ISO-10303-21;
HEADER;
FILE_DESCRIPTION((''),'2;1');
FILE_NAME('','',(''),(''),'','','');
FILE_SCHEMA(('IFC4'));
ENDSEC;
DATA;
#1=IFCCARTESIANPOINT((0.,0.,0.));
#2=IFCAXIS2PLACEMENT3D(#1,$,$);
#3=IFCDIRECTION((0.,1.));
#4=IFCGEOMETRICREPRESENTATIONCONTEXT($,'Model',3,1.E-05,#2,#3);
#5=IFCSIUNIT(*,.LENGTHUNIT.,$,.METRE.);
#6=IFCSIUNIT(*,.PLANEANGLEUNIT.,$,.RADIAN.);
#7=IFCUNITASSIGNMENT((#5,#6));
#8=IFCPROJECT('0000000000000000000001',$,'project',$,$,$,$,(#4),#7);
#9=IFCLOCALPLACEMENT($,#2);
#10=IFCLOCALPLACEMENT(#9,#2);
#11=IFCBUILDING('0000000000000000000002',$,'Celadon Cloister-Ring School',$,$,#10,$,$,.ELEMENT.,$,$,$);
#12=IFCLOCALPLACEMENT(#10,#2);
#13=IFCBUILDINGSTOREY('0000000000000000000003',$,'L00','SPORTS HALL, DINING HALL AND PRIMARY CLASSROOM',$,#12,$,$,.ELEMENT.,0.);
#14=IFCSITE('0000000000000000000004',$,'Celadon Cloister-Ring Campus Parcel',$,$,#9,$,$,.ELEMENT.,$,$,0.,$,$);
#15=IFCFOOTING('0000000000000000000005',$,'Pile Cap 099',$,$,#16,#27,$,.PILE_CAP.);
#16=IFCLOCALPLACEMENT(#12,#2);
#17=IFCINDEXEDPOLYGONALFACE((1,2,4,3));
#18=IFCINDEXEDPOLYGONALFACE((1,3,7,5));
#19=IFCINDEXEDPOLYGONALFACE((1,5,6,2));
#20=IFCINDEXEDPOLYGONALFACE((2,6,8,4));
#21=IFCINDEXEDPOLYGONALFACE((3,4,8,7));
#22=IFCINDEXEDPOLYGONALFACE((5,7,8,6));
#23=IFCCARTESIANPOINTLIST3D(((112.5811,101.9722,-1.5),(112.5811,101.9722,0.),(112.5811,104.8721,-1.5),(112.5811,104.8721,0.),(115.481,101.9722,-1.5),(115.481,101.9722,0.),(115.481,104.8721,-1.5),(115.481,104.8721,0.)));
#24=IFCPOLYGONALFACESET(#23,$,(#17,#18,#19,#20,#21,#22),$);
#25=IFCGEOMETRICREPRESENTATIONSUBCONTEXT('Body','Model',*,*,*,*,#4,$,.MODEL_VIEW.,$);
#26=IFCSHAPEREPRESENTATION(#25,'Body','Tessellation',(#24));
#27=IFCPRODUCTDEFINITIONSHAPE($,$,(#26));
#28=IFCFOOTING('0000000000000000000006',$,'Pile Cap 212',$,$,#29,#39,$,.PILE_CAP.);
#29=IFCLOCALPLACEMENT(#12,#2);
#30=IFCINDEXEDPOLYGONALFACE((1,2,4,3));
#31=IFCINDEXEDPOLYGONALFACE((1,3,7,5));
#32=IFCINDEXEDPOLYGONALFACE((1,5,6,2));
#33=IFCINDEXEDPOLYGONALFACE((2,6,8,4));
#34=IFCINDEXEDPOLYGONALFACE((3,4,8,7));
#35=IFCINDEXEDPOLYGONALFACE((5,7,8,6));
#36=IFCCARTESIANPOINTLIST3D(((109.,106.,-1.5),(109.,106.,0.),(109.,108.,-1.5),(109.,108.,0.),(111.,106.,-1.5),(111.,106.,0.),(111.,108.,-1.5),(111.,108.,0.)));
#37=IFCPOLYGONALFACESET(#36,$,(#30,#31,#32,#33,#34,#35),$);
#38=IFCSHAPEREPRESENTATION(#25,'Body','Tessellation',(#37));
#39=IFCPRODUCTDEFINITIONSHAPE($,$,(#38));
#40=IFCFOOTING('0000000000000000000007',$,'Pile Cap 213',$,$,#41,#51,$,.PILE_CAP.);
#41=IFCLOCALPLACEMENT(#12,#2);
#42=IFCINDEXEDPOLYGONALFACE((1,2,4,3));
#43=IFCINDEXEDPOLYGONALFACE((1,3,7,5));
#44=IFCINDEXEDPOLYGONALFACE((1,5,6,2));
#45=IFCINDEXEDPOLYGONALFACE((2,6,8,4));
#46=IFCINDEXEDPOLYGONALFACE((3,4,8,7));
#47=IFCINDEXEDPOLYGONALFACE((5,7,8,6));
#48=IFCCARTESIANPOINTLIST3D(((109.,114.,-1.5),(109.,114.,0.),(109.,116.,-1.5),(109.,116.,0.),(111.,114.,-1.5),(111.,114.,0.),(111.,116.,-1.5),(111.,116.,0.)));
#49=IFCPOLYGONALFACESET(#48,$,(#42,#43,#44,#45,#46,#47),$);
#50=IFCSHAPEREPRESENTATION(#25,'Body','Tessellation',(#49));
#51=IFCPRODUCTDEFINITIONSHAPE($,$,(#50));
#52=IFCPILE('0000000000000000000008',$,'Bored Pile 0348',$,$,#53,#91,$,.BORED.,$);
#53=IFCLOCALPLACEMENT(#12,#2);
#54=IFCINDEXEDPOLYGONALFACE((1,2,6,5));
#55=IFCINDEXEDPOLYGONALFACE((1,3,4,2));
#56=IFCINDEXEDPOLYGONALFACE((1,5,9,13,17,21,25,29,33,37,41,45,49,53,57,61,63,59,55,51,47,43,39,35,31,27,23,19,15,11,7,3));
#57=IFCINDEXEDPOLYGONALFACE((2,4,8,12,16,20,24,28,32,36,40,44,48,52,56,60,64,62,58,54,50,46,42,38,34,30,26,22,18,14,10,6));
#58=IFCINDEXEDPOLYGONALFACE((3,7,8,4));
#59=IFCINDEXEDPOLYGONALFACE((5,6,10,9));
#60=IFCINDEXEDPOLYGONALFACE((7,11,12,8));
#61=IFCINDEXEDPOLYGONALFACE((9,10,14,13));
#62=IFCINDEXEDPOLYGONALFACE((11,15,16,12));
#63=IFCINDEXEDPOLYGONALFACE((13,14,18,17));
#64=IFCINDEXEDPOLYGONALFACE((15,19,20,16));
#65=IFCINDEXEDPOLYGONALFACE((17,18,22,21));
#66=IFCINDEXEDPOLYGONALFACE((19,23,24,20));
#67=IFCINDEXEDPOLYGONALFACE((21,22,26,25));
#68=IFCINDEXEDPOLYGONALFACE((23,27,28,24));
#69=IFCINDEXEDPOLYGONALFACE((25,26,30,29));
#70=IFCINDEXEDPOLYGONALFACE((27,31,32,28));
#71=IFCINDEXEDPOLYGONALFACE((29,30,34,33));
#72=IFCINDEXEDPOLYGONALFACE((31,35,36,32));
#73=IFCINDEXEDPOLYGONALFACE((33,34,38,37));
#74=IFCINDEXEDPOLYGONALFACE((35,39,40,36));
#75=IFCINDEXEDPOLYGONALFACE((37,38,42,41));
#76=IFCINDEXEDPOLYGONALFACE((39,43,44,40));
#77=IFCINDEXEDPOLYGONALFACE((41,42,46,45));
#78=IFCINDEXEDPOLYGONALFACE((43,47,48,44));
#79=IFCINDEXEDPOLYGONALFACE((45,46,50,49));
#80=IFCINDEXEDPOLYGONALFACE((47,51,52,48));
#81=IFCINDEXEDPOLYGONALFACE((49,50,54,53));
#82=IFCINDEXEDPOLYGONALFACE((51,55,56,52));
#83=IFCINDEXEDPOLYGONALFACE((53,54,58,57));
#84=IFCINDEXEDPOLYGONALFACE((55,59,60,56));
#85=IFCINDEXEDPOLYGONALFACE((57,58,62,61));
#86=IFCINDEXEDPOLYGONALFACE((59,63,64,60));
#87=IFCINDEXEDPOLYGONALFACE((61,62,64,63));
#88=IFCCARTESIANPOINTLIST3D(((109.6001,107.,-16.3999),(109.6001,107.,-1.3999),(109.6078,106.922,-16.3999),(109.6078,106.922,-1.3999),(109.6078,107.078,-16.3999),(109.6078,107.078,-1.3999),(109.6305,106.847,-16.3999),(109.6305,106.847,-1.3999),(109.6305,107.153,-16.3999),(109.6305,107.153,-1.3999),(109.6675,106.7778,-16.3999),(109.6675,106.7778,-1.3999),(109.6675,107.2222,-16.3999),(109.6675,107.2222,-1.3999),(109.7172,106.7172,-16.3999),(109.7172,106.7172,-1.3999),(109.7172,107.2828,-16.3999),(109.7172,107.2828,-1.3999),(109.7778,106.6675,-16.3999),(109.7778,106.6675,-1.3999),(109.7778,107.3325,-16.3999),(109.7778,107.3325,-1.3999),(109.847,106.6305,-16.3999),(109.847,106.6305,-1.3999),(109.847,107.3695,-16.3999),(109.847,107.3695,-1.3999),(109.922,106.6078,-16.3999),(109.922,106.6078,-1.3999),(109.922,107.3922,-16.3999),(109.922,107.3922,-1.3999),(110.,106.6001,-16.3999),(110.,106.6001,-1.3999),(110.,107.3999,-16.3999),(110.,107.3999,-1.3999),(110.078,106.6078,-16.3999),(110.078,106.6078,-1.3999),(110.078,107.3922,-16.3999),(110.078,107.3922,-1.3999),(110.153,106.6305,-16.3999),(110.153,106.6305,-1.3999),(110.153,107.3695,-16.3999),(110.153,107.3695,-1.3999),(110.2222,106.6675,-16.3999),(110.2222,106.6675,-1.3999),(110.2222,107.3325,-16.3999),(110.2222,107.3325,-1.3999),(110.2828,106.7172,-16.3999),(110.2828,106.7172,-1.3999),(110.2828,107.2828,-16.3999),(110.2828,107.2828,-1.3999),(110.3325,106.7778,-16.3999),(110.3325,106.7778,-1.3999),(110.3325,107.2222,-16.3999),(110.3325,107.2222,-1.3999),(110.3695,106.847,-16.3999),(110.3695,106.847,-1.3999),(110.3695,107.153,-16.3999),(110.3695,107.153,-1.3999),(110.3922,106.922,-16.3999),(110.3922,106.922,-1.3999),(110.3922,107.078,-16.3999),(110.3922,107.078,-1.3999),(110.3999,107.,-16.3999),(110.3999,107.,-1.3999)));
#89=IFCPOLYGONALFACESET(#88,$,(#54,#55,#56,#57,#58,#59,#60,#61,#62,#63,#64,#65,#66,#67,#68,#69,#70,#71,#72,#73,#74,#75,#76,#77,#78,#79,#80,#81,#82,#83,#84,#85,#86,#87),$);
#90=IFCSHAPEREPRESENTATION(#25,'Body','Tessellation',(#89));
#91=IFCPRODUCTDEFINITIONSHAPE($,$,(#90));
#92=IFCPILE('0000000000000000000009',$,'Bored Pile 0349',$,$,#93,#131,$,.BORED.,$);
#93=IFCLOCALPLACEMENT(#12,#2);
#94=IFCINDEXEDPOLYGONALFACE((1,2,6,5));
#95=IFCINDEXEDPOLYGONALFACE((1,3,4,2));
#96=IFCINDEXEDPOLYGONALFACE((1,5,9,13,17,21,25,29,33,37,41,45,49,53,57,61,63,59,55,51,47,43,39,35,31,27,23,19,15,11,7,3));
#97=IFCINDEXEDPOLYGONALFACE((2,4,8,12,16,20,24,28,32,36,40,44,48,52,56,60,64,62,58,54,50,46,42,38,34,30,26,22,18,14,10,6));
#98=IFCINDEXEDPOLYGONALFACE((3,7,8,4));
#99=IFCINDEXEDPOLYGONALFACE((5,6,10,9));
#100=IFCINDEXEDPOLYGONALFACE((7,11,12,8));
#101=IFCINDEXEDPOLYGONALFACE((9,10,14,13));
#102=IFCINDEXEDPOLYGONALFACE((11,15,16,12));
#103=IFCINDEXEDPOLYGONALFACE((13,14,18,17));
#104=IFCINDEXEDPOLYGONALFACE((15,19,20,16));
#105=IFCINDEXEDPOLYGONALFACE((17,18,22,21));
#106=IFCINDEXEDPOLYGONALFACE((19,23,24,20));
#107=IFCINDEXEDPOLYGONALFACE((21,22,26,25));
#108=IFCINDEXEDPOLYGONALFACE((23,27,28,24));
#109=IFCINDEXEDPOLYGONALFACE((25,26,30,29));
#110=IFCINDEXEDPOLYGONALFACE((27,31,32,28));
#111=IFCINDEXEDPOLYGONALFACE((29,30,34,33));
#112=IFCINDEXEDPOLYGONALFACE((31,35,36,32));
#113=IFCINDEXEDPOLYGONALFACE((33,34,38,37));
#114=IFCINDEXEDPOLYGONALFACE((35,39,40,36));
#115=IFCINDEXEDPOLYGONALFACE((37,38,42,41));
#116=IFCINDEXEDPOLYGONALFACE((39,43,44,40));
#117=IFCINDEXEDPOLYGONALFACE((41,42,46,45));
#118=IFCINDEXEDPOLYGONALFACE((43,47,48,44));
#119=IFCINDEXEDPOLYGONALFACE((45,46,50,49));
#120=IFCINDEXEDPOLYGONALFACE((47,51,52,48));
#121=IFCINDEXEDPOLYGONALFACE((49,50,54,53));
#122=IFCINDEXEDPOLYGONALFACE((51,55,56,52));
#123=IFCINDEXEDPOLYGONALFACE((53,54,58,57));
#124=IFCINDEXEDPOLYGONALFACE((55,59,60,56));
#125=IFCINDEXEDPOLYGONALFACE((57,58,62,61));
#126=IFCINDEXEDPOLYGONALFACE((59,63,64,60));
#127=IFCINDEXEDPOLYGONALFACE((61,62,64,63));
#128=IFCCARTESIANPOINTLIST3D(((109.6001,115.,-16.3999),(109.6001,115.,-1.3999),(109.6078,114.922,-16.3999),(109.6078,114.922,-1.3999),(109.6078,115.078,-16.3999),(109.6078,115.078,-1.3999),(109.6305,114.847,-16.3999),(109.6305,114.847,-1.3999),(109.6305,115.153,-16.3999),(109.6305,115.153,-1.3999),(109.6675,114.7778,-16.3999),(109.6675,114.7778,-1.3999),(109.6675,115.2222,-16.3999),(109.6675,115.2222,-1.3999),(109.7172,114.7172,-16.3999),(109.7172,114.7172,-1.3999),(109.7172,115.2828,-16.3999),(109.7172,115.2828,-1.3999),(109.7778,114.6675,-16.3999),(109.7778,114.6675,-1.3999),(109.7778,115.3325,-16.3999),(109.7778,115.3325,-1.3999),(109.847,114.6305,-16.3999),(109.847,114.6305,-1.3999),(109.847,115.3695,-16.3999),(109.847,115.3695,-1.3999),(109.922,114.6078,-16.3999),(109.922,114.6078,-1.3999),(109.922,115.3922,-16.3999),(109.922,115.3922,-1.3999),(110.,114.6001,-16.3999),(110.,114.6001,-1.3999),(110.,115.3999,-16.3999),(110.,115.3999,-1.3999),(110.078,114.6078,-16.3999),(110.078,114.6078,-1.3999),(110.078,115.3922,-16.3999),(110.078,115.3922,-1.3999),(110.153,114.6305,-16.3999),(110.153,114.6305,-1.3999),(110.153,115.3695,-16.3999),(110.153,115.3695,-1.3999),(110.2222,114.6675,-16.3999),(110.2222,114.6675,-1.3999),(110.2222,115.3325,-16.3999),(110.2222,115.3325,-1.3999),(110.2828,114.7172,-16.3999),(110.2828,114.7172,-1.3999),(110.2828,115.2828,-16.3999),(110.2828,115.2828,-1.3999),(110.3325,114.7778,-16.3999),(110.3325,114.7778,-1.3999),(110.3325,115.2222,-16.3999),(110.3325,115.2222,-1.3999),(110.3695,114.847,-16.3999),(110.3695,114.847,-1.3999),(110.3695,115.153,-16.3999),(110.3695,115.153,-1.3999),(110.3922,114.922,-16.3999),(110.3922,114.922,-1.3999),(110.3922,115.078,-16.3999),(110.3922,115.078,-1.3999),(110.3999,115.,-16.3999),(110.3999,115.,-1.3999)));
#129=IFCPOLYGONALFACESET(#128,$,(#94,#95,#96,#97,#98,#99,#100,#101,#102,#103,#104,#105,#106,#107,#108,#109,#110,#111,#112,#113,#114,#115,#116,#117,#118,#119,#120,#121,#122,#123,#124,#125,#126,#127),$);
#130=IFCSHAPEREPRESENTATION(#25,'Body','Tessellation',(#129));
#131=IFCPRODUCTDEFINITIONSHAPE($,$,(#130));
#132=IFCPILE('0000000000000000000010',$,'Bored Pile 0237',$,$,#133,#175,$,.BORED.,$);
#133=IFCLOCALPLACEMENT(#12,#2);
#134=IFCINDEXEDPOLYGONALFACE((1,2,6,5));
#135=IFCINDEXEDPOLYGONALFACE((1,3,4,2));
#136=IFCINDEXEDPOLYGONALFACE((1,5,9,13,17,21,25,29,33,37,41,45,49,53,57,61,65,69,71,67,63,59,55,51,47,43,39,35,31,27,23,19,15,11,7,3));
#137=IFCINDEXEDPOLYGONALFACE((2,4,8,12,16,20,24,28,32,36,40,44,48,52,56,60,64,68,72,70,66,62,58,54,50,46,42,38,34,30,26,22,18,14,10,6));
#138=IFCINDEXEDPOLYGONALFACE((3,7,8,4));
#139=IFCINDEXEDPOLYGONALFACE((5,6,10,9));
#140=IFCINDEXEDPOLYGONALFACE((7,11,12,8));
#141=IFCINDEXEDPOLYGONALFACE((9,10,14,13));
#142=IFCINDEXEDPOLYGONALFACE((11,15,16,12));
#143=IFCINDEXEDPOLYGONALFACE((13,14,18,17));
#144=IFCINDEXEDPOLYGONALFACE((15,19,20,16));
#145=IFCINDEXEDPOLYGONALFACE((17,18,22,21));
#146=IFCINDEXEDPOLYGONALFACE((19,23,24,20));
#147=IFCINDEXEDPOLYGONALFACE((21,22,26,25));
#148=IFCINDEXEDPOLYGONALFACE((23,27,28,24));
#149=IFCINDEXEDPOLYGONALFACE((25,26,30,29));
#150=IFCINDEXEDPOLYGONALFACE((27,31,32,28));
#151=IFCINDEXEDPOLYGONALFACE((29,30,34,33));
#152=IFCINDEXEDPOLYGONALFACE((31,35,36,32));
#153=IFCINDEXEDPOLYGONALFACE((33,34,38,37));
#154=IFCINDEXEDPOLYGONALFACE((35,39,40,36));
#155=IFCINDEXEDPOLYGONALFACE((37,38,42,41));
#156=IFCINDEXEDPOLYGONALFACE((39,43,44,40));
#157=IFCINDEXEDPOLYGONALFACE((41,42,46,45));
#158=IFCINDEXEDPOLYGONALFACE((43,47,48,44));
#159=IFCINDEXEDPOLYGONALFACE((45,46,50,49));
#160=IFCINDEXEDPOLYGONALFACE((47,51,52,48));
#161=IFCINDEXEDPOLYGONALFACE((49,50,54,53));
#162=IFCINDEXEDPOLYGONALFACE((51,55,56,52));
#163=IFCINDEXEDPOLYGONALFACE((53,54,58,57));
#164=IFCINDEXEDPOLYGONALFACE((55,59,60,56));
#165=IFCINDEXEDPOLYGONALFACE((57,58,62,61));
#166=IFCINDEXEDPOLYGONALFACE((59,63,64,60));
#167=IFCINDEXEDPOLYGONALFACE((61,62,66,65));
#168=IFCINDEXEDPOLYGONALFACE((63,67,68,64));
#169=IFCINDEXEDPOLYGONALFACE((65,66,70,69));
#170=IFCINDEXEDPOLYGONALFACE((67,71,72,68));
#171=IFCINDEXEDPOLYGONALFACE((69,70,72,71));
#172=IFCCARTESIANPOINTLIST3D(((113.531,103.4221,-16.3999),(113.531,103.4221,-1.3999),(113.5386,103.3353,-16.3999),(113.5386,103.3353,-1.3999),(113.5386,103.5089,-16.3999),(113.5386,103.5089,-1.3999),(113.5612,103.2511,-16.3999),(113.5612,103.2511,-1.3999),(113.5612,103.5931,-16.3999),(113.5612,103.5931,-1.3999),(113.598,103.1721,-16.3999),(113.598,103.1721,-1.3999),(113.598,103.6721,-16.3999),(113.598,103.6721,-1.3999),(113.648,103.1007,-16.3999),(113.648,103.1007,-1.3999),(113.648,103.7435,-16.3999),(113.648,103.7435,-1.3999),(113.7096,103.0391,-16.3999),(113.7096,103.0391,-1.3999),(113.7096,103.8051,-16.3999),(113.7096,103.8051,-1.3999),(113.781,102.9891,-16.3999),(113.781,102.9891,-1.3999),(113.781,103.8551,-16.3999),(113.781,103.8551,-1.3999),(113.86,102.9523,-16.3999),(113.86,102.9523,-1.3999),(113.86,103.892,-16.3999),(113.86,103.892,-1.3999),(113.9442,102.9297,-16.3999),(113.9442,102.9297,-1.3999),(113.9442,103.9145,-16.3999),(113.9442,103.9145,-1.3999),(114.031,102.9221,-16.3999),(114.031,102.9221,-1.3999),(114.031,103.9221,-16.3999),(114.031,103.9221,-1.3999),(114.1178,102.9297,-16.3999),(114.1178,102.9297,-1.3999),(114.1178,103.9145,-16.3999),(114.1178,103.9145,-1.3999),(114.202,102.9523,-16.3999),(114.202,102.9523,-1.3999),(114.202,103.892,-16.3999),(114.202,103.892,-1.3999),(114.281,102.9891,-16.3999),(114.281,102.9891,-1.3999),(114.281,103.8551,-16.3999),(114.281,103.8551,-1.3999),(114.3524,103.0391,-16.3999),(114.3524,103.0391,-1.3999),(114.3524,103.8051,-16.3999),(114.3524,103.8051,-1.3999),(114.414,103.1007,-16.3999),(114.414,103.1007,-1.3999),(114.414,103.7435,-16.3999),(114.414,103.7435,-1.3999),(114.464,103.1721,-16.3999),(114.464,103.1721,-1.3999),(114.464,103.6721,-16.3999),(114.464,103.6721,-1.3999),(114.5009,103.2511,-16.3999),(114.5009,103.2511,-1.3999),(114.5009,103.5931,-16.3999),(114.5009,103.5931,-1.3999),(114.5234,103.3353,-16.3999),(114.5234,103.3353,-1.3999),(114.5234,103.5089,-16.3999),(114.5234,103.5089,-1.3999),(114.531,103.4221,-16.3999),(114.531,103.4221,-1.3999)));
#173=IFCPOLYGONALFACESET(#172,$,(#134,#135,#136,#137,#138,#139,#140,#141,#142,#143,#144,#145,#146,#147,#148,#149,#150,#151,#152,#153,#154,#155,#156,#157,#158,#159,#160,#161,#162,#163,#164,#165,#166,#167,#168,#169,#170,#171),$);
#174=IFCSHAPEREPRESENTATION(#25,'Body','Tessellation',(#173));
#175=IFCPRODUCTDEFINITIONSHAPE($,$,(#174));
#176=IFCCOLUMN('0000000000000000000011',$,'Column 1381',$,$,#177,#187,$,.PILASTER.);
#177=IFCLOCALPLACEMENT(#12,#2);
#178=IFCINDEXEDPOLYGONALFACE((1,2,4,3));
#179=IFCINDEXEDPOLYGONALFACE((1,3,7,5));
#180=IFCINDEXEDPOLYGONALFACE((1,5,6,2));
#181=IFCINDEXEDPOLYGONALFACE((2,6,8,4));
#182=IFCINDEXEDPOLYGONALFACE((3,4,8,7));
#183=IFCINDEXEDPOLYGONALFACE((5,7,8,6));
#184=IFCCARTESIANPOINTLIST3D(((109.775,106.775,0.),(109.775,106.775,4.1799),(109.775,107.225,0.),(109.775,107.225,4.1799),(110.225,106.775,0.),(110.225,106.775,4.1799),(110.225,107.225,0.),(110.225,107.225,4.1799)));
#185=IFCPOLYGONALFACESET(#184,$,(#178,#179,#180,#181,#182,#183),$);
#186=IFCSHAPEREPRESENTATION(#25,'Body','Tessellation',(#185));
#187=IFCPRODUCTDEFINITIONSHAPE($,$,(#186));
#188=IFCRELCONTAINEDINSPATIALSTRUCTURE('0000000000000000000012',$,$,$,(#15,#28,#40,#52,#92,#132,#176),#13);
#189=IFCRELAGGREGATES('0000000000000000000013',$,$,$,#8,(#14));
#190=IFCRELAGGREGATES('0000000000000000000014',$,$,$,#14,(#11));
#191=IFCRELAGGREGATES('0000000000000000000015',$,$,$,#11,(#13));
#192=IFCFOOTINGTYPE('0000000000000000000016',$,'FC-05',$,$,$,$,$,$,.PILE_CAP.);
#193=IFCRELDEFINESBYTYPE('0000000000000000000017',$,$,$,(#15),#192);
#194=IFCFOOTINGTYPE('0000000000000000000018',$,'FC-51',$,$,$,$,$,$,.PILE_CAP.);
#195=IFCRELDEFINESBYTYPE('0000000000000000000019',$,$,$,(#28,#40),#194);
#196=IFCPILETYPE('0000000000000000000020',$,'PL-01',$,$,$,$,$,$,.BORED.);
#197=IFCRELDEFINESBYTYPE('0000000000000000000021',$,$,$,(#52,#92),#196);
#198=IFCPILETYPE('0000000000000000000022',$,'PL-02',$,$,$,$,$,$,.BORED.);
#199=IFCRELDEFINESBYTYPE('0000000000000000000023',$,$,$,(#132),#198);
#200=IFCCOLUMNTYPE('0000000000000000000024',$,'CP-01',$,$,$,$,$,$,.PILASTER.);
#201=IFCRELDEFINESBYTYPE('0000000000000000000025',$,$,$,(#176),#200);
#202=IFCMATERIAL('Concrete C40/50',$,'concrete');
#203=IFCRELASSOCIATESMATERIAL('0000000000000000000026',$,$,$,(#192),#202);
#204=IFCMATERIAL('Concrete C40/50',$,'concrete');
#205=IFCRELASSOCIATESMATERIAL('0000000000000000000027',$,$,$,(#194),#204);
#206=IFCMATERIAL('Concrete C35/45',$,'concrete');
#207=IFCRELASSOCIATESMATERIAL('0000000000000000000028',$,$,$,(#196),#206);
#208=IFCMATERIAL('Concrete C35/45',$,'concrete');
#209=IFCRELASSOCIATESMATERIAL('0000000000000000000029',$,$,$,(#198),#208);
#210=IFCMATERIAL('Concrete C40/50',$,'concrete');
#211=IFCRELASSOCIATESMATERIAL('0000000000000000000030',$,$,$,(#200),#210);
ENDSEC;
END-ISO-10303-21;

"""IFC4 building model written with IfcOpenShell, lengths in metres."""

from ifc_helpers import new_model, si_unit, direction, frame, origin, origin_2d, place, context, subcontext, project, spatial, rectangle, circle, extrude, material, material_profile, profile_set, type_object, element, save


model = new_model("IFC4")

# Units and contexts
model_context = context("Model", 3, precision=1e-05, world=origin(), true_north=direction((0.0, 1.0)))
body_context = subcontext(model_context, "Body", "Model", "MODEL_VIEW")
ifc_project = project(units=[si_unit("LENGTHUNIT", "METRE"), si_unit("PLANEANGLEUNIT", "RADIAN")], contexts=[model_context])

# Site, building, storey
site_placement = place(None, origin())
site = spatial("IfcSite", under=ifc_project, at=site_placement, Name="Celadon Cloister-Ring Campus Parcel", CompositionType="ELEMENT", RefElevation=0.0)
building_placement = place(site_placement, origin())
building = spatial("IfcBuilding", under=site, at=building_placement, Name="Celadon Cloister-Ring School", CompositionType="ELEMENT")
storey_placement = place(building_placement, origin())
storey = spatial("IfcBuildingStorey", under=building, at=storey_placement, Name="L00", Description="SPORTS HALL, DINING HALL AND PRIMARY CLASSROOM", CompositionType="ELEMENT", Elevation=0.0)

# Footings
ifc_material_1 = material(Name="Concrete C40/50", Category="concrete")
footing_type_1 = type_object("IfcFootingType", Name="FC-05", PredefinedType="PILE_CAP", material=ifc_material_1)
footing_placement = place(storey_placement, frame((114.031, 103.4221, -1.5), z_axis=(0.0, 0.0, 1.0), x_axis=(1.0, 0.0, 0.0)))
element("IfcFooting", 1, at=footing_placement, inside=storey, type_object=footing_type_1, Name="Pile Cap 099", PredefinedType="PILE_CAP", context=body_context, shape_type="SweptSolid", body=[
    extrude(rectangle(XDim=2.8999, YDim=2.8999, at=origin_2d()), origin(), (0.0, 0.0, 1.0), 1.5),
])
ifc_material_2 = material(Name="Concrete C40/50", Category="concrete")
footing_type_2 = type_object("IfcFootingType", Name="FC-51", PredefinedType="PILE_CAP", material=ifc_material_2)
for number, where, z_axis, x_axis, name in (
    (2, (110.0, 107.0, -1.5), (0.0, 0.0, 1.0), (1.0, 0.0, 0.0), "Pile Cap 212"),
    (3, (110.0, 115.0, -1.5), (0.0, 0.0, 1.0), (1.0, 0.0, 0.0), "Pile Cap 213"),
):
    element("IfcFooting", number, at=place(storey_placement, frame(where, z_axis=z_axis, x_axis=x_axis)), inside=storey, type_object=footing_type_2, Name=name, PredefinedType="PILE_CAP", context=body_context, shape_type="SweptSolid", body=[
        extrude(rectangle(XDim=2.0, YDim=2.0, at=origin_2d()), origin(), (0.0, 0.0, 1.0), 1.5),
    ])

# Piles
ifc_material_3 = material(Name="Concrete C35/45", Category="concrete")
ifc_material_profile_1 = material_profile(ifc_material_3, circle(Radius=0.3999, at=origin_2d()), Name="PILE800")
ifc_profile_set_1 = profile_set([ifc_material_profile_1], Name="Concrete C35/45")
pile_type_1 = type_object("IfcPileType", Name="PL-01", PredefinedType="BORED", material=ifc_profile_set_1)
for number, where, z_axis, x_axis, name in (
    (4, (110.0, 107.0, -1.3999), (0.0, 0.0, -1.0), (1.0, 0.0, 0.0), "Bored Pile 0348"),
    (5, (110.0, 115.0, -1.3999), (0.0, 0.0, -1.0), (1.0, 0.0, 0.0), "Bored Pile 0349"),
):
    element("IfcPile", number, at=place(storey_placement, frame(where, z_axis=z_axis, x_axis=x_axis)), inside=storey, type_object=pile_type_1, Name=name, PredefinedType="BORED", context=body_context, shape_type="SweptSolid", body=[
        extrude(circle(Radius=0.3999, at=origin_2d()), origin(), (0.0, 0.0, 1.0), 15.0),
    ])
ifc_material_4 = material(Name="Concrete C35/45", Category="concrete")
ifc_material_profile_2 = material_profile(ifc_material_4, circle(Radius=0.5, at=origin_2d()), Name="PILE1000")
ifc_profile_set_2 = profile_set([ifc_material_profile_2], Name="Concrete C35/45")
pile_type_2 = type_object("IfcPileType", Name="PL-02", PredefinedType="BORED", material=ifc_profile_set_2)
pile_placement = place(storey_placement, frame((114.031, 103.4221, -1.3999), z_axis=(0.0, 0.0, -1.0), x_axis=(1.0, 0.0, 0.0)))
element("IfcPile", 6, at=pile_placement, inside=storey, type_object=pile_type_2, Name="Bored Pile 0237", PredefinedType="BORED", context=body_context, shape_type="SweptSolid", body=[
    extrude(circle(Radius=0.5, at=origin_2d()), origin(), (0.0, 0.0, 1.0), 15.0),
])

# Column
ifc_material_5 = material(Name="Concrete C40/50", Category="concrete")
ifc_material_profile_3 = material_profile(ifc_material_5, rectangle(XDim=0.45, YDim=0.45, at=origin_2d()), Name="RC450X450")
ifc_profile_set_3 = profile_set([ifc_material_profile_3], Name="Concrete C40/50")
column_type_1 = type_object("IfcColumnType", Name="CP-01", PredefinedType="PILASTER", material=ifc_profile_set_3)
column_1_placement = place(storey_placement, frame((110.0, 107.0, 0.0), z_axis=(0.0, 0.0, 1.0), x_axis=(1.0, 0.0, 0.0)))
element("IfcColumn", 7, at=column_1_placement, inside=storey, type_object=column_type_1, Name="Column 1381", PredefinedType="PILASTER", context=body_context, shape_type="SweptSolid", body=[
    extrude(rectangle(XDim=0.45, YDim=0.45, at=origin_2d()), origin(), (0.0, 0.0, 1.0), 4.1799),
])

save(model, "model.ifc")
